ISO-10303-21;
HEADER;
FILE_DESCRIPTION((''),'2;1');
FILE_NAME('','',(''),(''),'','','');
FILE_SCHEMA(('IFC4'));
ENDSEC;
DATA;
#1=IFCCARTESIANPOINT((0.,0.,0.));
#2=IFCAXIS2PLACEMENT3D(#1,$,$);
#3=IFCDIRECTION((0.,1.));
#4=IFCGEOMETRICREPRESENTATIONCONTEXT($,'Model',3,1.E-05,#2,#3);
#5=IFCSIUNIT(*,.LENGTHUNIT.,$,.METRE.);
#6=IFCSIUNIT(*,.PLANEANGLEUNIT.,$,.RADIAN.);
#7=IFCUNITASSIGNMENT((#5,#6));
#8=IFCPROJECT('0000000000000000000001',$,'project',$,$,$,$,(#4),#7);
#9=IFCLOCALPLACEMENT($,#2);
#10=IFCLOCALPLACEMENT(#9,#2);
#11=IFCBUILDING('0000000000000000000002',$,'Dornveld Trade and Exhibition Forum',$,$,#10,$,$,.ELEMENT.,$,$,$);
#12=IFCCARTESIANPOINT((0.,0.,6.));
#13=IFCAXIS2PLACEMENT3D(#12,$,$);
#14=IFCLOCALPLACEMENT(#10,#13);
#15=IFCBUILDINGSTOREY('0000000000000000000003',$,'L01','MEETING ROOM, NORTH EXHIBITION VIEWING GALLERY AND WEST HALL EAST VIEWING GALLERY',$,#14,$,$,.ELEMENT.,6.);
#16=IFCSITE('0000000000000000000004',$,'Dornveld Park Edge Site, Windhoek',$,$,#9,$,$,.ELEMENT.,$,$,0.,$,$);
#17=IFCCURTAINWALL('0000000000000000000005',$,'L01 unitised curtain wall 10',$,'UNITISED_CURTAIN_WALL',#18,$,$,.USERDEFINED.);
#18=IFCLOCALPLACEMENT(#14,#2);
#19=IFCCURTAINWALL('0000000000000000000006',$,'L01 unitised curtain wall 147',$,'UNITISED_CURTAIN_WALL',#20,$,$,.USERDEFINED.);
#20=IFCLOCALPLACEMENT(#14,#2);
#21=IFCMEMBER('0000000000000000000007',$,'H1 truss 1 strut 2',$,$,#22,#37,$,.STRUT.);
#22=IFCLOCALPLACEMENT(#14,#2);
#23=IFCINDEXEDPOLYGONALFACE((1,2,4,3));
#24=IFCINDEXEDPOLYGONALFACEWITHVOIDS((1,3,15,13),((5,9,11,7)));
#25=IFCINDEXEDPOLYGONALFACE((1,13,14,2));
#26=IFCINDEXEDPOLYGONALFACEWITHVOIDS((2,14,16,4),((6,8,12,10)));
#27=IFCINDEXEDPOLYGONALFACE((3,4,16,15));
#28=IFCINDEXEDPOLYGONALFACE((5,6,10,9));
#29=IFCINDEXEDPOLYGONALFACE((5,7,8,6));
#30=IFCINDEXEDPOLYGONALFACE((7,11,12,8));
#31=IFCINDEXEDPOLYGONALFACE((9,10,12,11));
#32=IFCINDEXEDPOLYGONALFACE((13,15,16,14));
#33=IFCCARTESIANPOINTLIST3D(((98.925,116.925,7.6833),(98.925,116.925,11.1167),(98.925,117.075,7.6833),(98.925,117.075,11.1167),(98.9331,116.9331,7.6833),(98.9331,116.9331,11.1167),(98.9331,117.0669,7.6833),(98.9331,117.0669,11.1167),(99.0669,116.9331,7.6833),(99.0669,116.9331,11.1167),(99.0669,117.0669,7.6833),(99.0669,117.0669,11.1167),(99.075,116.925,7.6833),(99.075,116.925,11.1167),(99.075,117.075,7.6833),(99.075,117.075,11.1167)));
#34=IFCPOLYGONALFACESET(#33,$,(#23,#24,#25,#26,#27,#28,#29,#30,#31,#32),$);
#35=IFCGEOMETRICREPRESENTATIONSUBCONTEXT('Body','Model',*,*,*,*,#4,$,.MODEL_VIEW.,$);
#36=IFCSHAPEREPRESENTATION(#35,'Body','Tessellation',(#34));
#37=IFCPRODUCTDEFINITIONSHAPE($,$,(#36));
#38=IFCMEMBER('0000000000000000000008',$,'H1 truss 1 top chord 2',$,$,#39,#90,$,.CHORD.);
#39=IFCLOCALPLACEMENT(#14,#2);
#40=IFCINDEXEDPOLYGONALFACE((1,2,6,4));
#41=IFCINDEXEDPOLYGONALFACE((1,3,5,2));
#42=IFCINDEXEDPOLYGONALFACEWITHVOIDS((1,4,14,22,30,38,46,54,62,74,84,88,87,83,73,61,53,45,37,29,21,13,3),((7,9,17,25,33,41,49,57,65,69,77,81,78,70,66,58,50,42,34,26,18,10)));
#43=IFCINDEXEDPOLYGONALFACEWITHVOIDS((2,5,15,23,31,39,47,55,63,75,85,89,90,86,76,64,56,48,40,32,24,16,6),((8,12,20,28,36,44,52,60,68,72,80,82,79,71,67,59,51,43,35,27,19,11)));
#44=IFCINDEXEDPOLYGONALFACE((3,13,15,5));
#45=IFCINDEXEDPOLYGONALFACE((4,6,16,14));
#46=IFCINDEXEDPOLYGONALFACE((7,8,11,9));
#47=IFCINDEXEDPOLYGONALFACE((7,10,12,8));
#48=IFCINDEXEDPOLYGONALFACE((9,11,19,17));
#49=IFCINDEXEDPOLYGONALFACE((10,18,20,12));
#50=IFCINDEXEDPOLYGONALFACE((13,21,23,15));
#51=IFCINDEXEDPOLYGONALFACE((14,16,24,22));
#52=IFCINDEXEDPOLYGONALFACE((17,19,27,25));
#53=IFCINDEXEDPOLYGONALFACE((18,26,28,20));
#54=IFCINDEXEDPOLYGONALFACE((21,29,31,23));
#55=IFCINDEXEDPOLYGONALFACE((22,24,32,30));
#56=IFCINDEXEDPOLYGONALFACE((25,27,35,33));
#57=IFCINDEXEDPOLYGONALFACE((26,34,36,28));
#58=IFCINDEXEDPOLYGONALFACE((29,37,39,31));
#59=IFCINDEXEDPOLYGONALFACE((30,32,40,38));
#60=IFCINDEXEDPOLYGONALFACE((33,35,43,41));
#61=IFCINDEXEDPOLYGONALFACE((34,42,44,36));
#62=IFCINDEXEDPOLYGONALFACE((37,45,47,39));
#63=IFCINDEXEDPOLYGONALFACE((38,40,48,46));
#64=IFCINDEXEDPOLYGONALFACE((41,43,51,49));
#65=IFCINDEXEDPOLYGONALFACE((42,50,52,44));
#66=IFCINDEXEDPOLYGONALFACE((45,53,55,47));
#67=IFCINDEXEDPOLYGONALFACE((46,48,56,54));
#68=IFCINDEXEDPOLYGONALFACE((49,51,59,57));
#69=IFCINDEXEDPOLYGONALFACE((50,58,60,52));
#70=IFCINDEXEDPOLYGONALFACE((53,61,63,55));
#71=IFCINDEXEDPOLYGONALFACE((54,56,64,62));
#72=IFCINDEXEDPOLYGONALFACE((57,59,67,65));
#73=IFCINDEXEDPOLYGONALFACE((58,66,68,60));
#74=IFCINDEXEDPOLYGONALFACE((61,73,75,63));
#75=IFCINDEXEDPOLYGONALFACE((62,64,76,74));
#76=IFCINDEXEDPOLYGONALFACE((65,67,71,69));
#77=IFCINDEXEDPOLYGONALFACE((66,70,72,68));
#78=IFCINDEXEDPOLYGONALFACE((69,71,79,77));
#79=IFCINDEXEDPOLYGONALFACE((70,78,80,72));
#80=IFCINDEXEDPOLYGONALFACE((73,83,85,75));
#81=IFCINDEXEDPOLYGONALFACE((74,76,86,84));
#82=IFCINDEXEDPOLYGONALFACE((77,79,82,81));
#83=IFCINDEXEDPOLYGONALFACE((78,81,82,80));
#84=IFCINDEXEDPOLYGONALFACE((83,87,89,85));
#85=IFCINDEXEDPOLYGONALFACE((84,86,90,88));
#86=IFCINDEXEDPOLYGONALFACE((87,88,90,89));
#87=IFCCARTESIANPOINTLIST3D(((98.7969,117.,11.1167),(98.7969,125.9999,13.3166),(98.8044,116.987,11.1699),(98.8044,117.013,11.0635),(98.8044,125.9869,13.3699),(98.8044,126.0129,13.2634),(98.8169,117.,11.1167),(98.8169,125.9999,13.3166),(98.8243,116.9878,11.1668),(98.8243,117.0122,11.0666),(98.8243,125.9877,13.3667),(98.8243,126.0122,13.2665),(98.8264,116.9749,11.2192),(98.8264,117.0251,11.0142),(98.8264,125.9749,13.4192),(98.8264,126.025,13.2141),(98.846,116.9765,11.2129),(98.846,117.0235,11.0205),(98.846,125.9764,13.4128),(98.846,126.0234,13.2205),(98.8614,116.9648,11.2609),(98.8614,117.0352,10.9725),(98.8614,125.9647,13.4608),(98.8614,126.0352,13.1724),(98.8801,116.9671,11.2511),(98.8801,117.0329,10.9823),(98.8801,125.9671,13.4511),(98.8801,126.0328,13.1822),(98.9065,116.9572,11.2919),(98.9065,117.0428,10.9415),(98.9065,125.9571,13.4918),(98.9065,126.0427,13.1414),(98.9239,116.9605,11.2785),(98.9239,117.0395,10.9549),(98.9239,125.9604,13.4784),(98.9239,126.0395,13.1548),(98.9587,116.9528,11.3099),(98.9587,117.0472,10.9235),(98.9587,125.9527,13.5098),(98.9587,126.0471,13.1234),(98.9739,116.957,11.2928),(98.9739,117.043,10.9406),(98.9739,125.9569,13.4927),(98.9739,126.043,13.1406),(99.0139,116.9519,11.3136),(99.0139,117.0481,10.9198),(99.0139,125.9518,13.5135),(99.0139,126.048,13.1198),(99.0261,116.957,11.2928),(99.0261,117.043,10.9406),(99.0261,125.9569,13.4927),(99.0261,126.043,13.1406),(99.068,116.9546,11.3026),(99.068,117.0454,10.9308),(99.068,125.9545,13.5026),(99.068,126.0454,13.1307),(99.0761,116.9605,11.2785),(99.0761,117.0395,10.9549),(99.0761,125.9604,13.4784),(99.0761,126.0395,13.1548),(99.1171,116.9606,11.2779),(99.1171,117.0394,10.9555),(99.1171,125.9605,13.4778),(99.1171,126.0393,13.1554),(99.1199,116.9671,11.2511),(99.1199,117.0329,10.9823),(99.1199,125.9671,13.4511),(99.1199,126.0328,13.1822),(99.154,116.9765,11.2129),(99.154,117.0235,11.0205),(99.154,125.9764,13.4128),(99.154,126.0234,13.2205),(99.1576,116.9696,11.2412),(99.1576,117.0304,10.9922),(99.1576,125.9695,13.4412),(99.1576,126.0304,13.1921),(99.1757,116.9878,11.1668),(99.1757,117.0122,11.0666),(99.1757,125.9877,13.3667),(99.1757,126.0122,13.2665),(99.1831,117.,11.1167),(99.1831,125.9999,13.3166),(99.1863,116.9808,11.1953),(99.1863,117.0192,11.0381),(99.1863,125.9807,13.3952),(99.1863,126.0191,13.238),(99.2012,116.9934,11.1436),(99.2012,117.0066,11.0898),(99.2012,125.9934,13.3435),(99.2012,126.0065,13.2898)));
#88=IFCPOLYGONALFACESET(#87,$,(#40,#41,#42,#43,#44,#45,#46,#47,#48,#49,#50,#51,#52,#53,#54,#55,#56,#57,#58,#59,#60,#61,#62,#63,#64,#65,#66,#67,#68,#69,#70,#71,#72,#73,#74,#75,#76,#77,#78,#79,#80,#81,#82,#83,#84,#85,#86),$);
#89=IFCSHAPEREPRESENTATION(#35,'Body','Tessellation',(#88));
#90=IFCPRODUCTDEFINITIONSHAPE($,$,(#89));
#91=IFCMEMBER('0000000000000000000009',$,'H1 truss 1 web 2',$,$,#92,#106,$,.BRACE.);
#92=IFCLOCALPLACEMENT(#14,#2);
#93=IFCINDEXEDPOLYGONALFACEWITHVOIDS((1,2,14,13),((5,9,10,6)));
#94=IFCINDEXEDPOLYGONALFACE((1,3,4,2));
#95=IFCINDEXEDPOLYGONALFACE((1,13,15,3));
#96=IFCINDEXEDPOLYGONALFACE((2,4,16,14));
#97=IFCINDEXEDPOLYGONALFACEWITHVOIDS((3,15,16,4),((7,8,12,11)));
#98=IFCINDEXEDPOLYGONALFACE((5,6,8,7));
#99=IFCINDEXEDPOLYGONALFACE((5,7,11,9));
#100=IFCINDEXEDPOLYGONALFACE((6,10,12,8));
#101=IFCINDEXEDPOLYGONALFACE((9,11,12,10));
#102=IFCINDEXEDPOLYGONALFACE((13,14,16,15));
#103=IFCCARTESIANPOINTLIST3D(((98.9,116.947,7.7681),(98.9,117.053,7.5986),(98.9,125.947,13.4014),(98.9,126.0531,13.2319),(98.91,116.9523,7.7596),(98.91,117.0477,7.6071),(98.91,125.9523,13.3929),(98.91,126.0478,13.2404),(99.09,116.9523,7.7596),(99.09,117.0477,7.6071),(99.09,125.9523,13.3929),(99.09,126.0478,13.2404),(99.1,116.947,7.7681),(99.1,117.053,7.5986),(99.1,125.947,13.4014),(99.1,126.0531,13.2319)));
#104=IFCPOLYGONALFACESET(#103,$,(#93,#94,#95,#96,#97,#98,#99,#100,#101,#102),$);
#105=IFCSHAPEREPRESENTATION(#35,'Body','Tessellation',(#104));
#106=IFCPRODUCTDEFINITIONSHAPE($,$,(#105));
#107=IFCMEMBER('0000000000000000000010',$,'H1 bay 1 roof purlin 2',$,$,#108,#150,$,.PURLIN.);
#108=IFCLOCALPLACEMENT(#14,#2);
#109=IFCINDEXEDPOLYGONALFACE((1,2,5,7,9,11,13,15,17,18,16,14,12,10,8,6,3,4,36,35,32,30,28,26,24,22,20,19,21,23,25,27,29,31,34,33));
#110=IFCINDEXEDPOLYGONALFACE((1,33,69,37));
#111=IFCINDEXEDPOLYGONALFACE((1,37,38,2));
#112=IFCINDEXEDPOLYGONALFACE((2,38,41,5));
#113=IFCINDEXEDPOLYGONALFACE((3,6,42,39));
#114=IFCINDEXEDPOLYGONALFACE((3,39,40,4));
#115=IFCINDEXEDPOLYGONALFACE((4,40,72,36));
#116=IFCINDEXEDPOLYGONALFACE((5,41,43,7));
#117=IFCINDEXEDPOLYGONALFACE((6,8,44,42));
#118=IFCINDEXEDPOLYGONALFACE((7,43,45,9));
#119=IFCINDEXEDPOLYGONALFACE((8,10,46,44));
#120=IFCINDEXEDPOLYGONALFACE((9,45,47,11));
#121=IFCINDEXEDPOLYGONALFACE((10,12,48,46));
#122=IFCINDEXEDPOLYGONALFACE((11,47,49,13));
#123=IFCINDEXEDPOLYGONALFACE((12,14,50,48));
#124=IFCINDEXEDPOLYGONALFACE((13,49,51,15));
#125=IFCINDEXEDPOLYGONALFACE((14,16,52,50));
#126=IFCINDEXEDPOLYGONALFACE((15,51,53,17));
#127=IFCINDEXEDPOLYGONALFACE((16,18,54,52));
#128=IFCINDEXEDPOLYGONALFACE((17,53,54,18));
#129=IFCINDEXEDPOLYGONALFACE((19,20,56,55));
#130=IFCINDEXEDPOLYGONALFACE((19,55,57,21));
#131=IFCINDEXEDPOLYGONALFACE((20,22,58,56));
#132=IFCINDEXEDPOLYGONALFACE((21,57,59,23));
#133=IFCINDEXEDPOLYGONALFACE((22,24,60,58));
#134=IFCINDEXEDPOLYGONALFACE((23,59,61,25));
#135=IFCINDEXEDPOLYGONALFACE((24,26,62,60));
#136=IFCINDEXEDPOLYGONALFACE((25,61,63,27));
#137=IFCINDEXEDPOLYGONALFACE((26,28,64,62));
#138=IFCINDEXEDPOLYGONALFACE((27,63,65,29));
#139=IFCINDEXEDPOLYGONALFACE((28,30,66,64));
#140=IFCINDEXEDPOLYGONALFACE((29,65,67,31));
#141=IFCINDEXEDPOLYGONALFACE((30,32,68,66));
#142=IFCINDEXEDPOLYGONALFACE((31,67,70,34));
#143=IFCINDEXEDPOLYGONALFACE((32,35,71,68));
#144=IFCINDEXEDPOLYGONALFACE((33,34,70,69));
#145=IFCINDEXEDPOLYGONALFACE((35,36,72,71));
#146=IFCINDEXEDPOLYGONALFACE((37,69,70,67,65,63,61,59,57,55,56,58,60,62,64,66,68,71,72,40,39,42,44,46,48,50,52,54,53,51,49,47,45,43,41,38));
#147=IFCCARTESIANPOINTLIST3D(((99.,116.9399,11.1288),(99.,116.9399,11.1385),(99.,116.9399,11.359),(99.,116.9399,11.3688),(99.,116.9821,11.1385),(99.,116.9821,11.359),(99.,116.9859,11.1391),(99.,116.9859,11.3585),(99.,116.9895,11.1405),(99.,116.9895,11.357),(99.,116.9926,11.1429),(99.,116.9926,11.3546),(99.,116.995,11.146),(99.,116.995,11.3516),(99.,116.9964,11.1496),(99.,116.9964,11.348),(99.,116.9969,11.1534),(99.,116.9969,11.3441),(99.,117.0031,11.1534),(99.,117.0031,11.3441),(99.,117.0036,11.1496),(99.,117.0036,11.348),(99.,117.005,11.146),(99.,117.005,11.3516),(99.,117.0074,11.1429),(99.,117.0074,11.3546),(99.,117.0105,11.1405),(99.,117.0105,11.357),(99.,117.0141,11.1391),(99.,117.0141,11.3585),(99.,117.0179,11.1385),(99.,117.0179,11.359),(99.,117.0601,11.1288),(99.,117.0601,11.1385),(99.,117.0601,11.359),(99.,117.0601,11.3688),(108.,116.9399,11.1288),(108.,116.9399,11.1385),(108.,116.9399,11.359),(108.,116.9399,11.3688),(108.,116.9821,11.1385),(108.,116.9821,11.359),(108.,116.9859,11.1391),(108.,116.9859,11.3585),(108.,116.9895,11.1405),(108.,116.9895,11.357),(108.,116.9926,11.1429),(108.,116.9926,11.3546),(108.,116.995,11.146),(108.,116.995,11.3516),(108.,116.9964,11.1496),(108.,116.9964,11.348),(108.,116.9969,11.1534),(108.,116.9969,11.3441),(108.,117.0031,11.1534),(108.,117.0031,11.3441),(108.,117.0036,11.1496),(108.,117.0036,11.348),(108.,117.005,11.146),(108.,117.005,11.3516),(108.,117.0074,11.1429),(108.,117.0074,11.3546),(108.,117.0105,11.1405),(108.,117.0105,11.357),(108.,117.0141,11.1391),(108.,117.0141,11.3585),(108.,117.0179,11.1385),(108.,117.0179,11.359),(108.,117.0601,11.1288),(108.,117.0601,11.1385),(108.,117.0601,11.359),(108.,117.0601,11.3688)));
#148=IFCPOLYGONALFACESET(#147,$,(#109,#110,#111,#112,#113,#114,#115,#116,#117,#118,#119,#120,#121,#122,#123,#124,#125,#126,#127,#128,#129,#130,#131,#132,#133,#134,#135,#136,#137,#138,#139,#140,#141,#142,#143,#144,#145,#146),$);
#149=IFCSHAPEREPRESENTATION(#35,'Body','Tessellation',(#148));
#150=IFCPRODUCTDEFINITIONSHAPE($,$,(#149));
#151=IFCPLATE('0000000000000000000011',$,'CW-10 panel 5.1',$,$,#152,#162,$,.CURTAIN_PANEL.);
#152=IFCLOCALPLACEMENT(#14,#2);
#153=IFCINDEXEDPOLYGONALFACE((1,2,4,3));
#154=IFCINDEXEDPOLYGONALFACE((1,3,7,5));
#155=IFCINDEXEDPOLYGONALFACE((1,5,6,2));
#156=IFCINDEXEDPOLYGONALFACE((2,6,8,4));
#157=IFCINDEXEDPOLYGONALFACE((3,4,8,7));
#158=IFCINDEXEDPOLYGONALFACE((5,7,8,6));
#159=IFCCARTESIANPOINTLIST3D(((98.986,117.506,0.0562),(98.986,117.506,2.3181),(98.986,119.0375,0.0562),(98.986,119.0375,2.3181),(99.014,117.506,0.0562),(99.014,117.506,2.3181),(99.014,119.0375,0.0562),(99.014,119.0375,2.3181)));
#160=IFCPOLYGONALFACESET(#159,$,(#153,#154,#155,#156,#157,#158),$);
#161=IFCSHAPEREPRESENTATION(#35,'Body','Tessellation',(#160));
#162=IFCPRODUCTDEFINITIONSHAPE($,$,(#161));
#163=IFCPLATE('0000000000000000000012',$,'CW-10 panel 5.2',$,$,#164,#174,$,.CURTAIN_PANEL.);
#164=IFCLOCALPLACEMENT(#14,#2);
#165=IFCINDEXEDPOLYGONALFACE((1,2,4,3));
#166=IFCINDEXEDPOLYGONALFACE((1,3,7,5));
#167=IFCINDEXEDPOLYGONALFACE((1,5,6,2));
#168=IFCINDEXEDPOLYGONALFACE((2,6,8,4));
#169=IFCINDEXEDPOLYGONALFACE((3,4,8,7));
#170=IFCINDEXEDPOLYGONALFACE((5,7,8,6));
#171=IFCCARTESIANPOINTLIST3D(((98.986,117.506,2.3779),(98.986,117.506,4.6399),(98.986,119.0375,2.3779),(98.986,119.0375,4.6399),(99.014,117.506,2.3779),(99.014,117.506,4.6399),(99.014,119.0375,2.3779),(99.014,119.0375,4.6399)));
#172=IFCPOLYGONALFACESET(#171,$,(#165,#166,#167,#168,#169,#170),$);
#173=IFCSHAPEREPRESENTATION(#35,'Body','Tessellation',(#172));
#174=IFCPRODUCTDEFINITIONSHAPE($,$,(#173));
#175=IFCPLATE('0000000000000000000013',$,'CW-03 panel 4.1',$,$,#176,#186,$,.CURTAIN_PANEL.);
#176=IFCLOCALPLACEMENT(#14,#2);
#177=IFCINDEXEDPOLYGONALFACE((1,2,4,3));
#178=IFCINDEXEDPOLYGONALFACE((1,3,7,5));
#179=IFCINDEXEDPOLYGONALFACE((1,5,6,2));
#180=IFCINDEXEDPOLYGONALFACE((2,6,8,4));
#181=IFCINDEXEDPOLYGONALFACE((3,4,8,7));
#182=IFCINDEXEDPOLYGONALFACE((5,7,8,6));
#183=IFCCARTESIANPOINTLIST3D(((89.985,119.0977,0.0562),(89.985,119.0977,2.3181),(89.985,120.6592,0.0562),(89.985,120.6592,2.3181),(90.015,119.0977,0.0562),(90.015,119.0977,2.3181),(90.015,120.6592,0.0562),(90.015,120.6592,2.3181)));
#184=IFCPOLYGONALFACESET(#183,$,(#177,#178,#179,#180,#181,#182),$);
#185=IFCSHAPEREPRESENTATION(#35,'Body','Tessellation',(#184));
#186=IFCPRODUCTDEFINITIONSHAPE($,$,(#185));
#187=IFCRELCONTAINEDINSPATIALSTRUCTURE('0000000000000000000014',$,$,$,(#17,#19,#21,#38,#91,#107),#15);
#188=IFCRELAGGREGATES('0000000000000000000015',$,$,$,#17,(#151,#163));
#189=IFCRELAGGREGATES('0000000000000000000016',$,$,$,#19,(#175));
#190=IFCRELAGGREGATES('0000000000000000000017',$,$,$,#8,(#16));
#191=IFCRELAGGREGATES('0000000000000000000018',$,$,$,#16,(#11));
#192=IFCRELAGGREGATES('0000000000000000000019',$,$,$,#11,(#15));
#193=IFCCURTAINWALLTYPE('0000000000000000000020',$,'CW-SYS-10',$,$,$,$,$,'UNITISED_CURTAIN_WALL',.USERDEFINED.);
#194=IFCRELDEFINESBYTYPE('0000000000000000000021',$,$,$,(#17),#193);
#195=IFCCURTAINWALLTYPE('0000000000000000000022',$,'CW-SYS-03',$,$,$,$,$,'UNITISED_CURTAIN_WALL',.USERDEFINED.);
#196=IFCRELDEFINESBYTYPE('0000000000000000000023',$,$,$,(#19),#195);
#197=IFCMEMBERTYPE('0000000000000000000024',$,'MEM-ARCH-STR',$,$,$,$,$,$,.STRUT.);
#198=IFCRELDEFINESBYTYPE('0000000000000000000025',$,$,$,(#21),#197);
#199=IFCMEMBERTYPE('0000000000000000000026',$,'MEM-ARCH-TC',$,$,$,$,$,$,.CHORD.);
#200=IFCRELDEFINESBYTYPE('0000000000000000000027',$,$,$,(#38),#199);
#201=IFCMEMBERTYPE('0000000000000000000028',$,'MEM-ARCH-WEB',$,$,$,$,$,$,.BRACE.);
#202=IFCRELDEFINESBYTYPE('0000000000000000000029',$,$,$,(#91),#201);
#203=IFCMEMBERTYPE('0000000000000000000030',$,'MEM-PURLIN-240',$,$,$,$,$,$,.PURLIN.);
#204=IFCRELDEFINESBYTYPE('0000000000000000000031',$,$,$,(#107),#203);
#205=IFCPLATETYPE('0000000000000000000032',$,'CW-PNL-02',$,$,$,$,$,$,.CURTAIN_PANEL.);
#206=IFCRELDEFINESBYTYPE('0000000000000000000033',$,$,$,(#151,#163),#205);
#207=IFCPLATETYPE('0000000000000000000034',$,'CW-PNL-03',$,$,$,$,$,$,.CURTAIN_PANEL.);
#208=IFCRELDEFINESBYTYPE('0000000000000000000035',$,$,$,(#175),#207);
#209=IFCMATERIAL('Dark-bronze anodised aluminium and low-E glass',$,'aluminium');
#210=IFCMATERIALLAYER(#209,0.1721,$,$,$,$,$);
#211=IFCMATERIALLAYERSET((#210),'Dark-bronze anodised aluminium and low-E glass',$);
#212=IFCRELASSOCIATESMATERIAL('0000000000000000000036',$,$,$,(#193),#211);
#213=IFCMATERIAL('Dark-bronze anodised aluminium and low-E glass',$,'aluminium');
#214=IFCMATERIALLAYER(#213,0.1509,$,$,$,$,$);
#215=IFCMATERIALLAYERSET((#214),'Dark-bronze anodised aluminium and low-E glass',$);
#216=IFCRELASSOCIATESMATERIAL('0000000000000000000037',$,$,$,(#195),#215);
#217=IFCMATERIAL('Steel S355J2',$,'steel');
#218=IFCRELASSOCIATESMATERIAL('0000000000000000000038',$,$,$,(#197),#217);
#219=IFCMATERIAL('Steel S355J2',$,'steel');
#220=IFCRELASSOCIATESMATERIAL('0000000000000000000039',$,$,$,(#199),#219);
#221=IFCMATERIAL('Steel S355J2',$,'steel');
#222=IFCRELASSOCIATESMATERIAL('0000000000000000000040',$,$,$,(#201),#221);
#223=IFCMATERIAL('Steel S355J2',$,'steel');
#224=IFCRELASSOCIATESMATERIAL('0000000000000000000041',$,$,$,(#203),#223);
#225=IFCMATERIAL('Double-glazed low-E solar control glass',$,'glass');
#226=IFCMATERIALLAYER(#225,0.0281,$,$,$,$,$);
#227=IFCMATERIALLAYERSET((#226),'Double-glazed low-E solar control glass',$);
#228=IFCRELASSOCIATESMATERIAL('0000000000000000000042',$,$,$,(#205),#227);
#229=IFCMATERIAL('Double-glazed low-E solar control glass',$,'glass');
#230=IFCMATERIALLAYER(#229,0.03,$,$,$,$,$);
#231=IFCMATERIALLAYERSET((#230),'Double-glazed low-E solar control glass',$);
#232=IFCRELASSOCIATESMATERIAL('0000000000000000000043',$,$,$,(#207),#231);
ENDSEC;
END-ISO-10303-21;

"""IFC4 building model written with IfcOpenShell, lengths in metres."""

from ifc_helpers import new_model, si_unit, direction, frame, origin, origin_2d, place, context, subcontext, project, spatial, rectangle, hollow_rectangle, hollow_circle, i_section, extrude, material, layer, layer_set, material_profile, profile_set, type_object, element, aggregate, save


model = new_model("IFC4")

# Units and contexts
model_context = context("Model", 3, precision=1e-05, world=origin(), true_north=direction((0.0, 1.0)))
body_context = subcontext(model_context, "Body", "Model", "MODEL_VIEW")
ifc_project = project(units=[si_unit("LENGTHUNIT", "METRE"), si_unit("PLANEANGLEUNIT", "RADIAN")], contexts=[model_context])

# Site, building, storey
site_placement = place(None, origin())
site = spatial("IfcSite", under=ifc_project, at=site_placement, Name="Dornveld Park Edge Site, Windhoek", CompositionType="ELEMENT", RefElevation=0.0)
building_placement = place(site_placement, origin())
building = spatial("IfcBuilding", under=site, at=building_placement, Name="Dornveld Trade and Exhibition Forum", CompositionType="ELEMENT")
storey_placement = place(building_placement, frame((0.0, 0.0, 6.0)))
storey = spatial("IfcBuildingStorey", under=building, at=storey_placement, Name="L01", Description="MEETING ROOM, NORTH EXHIBITION VIEWING GALLERY AND WEST HALL EAST VIEWING GALLERY", CompositionType="ELEMENT", Elevation=6.0)

# Curtain wall
ifc_material_1 = material(Name="Dark-bronze anodised aluminium and low-E glass", Category="aluminium")
ifc_layer_1 = layer(ifc_material_1, 0.1721)
ifc_layer_set_1 = layer_set([ifc_layer_1], Name="Dark-bronze anodised aluminium and low-E glass")
curtain_wall_type_1 = type_object("IfcCurtainWallType", Name="CW-SYS-10", ElementType="UNITISED_CURTAIN_WALL", PredefinedType="USERDEFINED", material=ifc_layer_set_1)
curtain_wall_1_placement = place(storey_placement, origin())
curtain_wall_1 = element("IfcCurtainWall", 1, at=curtain_wall_1_placement, inside=storey, type_object=curtain_wall_type_1, Name="L01 unitised curtain wall 10", ObjectType="UNITISED_CURTAIN_WALL", PredefinedType="USERDEFINED")

# Curtain wall
ifc_material_2 = material(Name="Dark-bronze anodised aluminium and low-E glass", Category="aluminium")
ifc_layer_2 = layer(ifc_material_2, 0.1509)
ifc_layer_set_2 = layer_set([ifc_layer_2], Name="Dark-bronze anodised aluminium and low-E glass")
curtain_wall_type_2 = type_object("IfcCurtainWallType", Name="CW-SYS-03", ElementType="UNITISED_CURTAIN_WALL", PredefinedType="USERDEFINED", material=ifc_layer_set_2)
curtain_wall_2_placement = place(storey_placement, origin())
curtain_wall_2 = element("IfcCurtainWall", 2, at=curtain_wall_2_placement, inside=storey, type_object=curtain_wall_type_2, Name="L01 unitised curtain wall 147", ObjectType="UNITISED_CURTAIN_WALL", PredefinedType="USERDEFINED")

# Members
ifc_material_3 = material(Name="Steel S355J2", Category="steel")
ifc_material_profile_1 = material_profile(ifc_material_3, hollow_rectangle(XDim=0.1499, YDim=0.1499, WallThickness=0.0081, at=origin_2d()), Name="SHS 150x150x8")
ifc_profile_set_1 = profile_set([ifc_material_profile_1], Name="Steel S355J2")
member_type_1 = type_object("IfcMemberType", Name="MEM-ARCH-STR", PredefinedType="STRUT", material=ifc_profile_set_1)
member_1_placement = place(storey_placement, frame((99.0, 117.0, 7.6833), z_axis=(0.0, 0.0, 1.0), x_axis=(1.0, 0.0, 0.0)))
element("IfcMember", 3, at=member_1_placement, inside=storey, type_object=member_type_1, Name="H1 truss 1 strut 2", PredefinedType="STRUT", context=body_context, shape_type="SweptSolid", body=[
    extrude(hollow_rectangle(XDim=0.1499, YDim=0.1499, WallThickness=0.0081, at=origin_2d()), origin(), (0.0, 0.0, 1.0), 3.4333),
])
ifc_material_4 = material(Name="Steel S355J2", Category="steel")
ifc_material_profile_2 = material_profile(ifc_material_4, hollow_circle(Radius=0.2031, WallThickness=0.02, at=origin_2d()), Name="CHS 406.4x20")
ifc_profile_set_2 = profile_set([ifc_material_profile_2], Name="Steel S355J2")
member_type_2 = type_object("IfcMemberType", Name="MEM-ARCH-TC", PredefinedType="CHORD", material=ifc_profile_set_2)
member_2_placement = place(storey_placement, frame((99.0, 117.0, 11.1167), z_axis=(0.0, 0.9714, 0.237448), x_axis=(-1.0, 0.0, 0.0)))
element("IfcMember", 4, at=member_2_placement, inside=storey, type_object=member_type_2, Name="H1 truss 1 top chord 2", PredefinedType="CHORD", context=body_context, shape_type="SweptSolid", body=[
    extrude(hollow_circle(Radius=0.2031, WallThickness=0.02, at=origin_2d()), origin(), (0.0, 0.0, 1.0), 9.2649),
])
ifc_material_5 = material(Name="Steel S355J2", Category="steel")
ifc_material_profile_3 = material_profile(ifc_material_5, hollow_rectangle(XDim=0.2, YDim=0.2, WallThickness=0.01, at=origin_2d()), Name="SHS 200x200x10")
ifc_profile_set_3 = profile_set([ifc_material_profile_3], Name="Steel S355J2")
member_type_3 = type_object("IfcMemberType", Name="MEM-ARCH-WEB", PredefinedType="BRACE", material=ifc_profile_set_3)
member_3_placement = place(storey_placement, frame((99.0, 117.0, 7.6833), z_axis=(0.0, 0.847647, 0.530561), x_axis=(-1.0, 0.0, 0.0)))
element("IfcMember", 5, at=member_3_placement, inside=storey, type_object=member_type_3, Name="H1 truss 1 web 2", PredefinedType="BRACE", context=body_context, shape_type="SweptSolid", body=[
    extrude(hollow_rectangle(XDim=0.2, YDim=0.2, WallThickness=0.01, at=origin_2d()), origin(), (0.0, 0.0, 1.0), 10.6177),
])
ifc_material_6 = material(Name="Steel S355J2", Category="steel")
ifc_material_profile_4 = material_profile(ifc_material_6, i_section(OverallWidth=0.1201, OverallDepth=0.24, WebThickness=0.0061, FlangeThickness=0.0098, FilletRadius=0.0149, at=origin_2d()), Name="IPE 240")
ifc_profile_set_4 = profile_set([ifc_material_profile_4], Name="Steel S355J2")
member_type_4 = type_object("IfcMemberType", Name="MEM-PURLIN-240", PredefinedType="PURLIN", material=ifc_profile_set_4)
member_4_placement = place(storey_placement, frame((99.0, 117.0, 11.2488), z_axis=(1.0, 0.0, 0.0), x_axis=(0.0, 1.0, 0.0)))
element("IfcMember", 6, at=member_4_placement, inside=storey, type_object=member_type_4, Name="H1 bay 1 roof purlin 2", PredefinedType="PURLIN", context=body_context, shape_type="SweptSolid", body=[
    extrude(i_section(OverallWidth=0.1201, OverallDepth=0.24, WebThickness=0.0061, FlangeThickness=0.0098, FilletRadius=0.0149, at=origin_2d()), origin(), (0.0, 0.0, 1.0), 9.0),
])

# Plates
ifc_material_7 = material(Name="Double-glazed low-E solar control glass", Category="glass")
ifc_layer_3 = layer(ifc_material_7, 0.0281)
ifc_layer_set_3 = layer_set([ifc_layer_3], Name="Double-glazed low-E solar control glass")
plate_type_1 = type_object("IfcPlateType", Name="CW-PNL-02", PredefinedType="CURTAIN_PANEL", material=ifc_layer_set_3)
plate_1_placement = place(storey_placement, frame((99.0, 118.2717, 0.0562), z_axis=(0.0, 0.0, 1.0), x_axis=(0.0, -1.0, 0.0)))
plate_1 = element("IfcPlate", 7, at=plate_1_placement, type_object=plate_type_1, Name="CW-10 panel 5.1", PredefinedType="CURTAIN_PANEL", context=body_context, shape_type="SweptSolid", body=[
    extrude(rectangle(XDim=1.5315, YDim=0.0281, at=origin_2d()), origin(), (0.0, 0.0, 1.0), 2.262),
])
plate_2_placement = place(storey_placement, frame((99.0, 118.2717, 2.3779), z_axis=(0.0, 0.0, 1.0), x_axis=(0.0, -1.0, 0.0)))
plate_2 = element("IfcPlate", 8, at=plate_2_placement, type_object=plate_type_1, Name="CW-10 panel 5.2", PredefinedType="CURTAIN_PANEL", context=body_context, shape_type="SweptSolid", body=[
    extrude(rectangle(XDim=1.5315, YDim=0.0281, at=origin_2d()), origin(), (0.0, 0.0, 1.0), 2.262),
])
aggregate(curtain_wall_1, [plate_1, plate_2])
ifc_material_8 = material(Name="Double-glazed low-E solar control glass", Category="glass")
ifc_layer_4 = layer(ifc_material_8, 0.03)
ifc_layer_set_4 = layer_set([ifc_layer_4], Name="Double-glazed low-E solar control glass")
plate_type_2 = type_object("IfcPlateType", Name="CW-PNL-03", PredefinedType="CURTAIN_PANEL", material=ifc_layer_set_4)
plate_3_placement = place(storey_placement, frame((90.0, 119.8784, 0.0562), z_axis=(0.0, 0.0, 1.0), x_axis=(0.0, -1.0, 0.0)))
plate_3 = element("IfcPlate", 9, at=plate_3_placement, type_object=plate_type_2, Name="CW-03 panel 4.1", PredefinedType="CURTAIN_PANEL", context=body_context, shape_type="SweptSolid", body=[
    extrude(rectangle(XDim=1.5615, YDim=0.03, at=origin_2d()), origin(), (0.0, 0.0, 1.0), 2.262),
])
aggregate(curtain_wall_2, [plate_3])

save(model, "model.ifc")
